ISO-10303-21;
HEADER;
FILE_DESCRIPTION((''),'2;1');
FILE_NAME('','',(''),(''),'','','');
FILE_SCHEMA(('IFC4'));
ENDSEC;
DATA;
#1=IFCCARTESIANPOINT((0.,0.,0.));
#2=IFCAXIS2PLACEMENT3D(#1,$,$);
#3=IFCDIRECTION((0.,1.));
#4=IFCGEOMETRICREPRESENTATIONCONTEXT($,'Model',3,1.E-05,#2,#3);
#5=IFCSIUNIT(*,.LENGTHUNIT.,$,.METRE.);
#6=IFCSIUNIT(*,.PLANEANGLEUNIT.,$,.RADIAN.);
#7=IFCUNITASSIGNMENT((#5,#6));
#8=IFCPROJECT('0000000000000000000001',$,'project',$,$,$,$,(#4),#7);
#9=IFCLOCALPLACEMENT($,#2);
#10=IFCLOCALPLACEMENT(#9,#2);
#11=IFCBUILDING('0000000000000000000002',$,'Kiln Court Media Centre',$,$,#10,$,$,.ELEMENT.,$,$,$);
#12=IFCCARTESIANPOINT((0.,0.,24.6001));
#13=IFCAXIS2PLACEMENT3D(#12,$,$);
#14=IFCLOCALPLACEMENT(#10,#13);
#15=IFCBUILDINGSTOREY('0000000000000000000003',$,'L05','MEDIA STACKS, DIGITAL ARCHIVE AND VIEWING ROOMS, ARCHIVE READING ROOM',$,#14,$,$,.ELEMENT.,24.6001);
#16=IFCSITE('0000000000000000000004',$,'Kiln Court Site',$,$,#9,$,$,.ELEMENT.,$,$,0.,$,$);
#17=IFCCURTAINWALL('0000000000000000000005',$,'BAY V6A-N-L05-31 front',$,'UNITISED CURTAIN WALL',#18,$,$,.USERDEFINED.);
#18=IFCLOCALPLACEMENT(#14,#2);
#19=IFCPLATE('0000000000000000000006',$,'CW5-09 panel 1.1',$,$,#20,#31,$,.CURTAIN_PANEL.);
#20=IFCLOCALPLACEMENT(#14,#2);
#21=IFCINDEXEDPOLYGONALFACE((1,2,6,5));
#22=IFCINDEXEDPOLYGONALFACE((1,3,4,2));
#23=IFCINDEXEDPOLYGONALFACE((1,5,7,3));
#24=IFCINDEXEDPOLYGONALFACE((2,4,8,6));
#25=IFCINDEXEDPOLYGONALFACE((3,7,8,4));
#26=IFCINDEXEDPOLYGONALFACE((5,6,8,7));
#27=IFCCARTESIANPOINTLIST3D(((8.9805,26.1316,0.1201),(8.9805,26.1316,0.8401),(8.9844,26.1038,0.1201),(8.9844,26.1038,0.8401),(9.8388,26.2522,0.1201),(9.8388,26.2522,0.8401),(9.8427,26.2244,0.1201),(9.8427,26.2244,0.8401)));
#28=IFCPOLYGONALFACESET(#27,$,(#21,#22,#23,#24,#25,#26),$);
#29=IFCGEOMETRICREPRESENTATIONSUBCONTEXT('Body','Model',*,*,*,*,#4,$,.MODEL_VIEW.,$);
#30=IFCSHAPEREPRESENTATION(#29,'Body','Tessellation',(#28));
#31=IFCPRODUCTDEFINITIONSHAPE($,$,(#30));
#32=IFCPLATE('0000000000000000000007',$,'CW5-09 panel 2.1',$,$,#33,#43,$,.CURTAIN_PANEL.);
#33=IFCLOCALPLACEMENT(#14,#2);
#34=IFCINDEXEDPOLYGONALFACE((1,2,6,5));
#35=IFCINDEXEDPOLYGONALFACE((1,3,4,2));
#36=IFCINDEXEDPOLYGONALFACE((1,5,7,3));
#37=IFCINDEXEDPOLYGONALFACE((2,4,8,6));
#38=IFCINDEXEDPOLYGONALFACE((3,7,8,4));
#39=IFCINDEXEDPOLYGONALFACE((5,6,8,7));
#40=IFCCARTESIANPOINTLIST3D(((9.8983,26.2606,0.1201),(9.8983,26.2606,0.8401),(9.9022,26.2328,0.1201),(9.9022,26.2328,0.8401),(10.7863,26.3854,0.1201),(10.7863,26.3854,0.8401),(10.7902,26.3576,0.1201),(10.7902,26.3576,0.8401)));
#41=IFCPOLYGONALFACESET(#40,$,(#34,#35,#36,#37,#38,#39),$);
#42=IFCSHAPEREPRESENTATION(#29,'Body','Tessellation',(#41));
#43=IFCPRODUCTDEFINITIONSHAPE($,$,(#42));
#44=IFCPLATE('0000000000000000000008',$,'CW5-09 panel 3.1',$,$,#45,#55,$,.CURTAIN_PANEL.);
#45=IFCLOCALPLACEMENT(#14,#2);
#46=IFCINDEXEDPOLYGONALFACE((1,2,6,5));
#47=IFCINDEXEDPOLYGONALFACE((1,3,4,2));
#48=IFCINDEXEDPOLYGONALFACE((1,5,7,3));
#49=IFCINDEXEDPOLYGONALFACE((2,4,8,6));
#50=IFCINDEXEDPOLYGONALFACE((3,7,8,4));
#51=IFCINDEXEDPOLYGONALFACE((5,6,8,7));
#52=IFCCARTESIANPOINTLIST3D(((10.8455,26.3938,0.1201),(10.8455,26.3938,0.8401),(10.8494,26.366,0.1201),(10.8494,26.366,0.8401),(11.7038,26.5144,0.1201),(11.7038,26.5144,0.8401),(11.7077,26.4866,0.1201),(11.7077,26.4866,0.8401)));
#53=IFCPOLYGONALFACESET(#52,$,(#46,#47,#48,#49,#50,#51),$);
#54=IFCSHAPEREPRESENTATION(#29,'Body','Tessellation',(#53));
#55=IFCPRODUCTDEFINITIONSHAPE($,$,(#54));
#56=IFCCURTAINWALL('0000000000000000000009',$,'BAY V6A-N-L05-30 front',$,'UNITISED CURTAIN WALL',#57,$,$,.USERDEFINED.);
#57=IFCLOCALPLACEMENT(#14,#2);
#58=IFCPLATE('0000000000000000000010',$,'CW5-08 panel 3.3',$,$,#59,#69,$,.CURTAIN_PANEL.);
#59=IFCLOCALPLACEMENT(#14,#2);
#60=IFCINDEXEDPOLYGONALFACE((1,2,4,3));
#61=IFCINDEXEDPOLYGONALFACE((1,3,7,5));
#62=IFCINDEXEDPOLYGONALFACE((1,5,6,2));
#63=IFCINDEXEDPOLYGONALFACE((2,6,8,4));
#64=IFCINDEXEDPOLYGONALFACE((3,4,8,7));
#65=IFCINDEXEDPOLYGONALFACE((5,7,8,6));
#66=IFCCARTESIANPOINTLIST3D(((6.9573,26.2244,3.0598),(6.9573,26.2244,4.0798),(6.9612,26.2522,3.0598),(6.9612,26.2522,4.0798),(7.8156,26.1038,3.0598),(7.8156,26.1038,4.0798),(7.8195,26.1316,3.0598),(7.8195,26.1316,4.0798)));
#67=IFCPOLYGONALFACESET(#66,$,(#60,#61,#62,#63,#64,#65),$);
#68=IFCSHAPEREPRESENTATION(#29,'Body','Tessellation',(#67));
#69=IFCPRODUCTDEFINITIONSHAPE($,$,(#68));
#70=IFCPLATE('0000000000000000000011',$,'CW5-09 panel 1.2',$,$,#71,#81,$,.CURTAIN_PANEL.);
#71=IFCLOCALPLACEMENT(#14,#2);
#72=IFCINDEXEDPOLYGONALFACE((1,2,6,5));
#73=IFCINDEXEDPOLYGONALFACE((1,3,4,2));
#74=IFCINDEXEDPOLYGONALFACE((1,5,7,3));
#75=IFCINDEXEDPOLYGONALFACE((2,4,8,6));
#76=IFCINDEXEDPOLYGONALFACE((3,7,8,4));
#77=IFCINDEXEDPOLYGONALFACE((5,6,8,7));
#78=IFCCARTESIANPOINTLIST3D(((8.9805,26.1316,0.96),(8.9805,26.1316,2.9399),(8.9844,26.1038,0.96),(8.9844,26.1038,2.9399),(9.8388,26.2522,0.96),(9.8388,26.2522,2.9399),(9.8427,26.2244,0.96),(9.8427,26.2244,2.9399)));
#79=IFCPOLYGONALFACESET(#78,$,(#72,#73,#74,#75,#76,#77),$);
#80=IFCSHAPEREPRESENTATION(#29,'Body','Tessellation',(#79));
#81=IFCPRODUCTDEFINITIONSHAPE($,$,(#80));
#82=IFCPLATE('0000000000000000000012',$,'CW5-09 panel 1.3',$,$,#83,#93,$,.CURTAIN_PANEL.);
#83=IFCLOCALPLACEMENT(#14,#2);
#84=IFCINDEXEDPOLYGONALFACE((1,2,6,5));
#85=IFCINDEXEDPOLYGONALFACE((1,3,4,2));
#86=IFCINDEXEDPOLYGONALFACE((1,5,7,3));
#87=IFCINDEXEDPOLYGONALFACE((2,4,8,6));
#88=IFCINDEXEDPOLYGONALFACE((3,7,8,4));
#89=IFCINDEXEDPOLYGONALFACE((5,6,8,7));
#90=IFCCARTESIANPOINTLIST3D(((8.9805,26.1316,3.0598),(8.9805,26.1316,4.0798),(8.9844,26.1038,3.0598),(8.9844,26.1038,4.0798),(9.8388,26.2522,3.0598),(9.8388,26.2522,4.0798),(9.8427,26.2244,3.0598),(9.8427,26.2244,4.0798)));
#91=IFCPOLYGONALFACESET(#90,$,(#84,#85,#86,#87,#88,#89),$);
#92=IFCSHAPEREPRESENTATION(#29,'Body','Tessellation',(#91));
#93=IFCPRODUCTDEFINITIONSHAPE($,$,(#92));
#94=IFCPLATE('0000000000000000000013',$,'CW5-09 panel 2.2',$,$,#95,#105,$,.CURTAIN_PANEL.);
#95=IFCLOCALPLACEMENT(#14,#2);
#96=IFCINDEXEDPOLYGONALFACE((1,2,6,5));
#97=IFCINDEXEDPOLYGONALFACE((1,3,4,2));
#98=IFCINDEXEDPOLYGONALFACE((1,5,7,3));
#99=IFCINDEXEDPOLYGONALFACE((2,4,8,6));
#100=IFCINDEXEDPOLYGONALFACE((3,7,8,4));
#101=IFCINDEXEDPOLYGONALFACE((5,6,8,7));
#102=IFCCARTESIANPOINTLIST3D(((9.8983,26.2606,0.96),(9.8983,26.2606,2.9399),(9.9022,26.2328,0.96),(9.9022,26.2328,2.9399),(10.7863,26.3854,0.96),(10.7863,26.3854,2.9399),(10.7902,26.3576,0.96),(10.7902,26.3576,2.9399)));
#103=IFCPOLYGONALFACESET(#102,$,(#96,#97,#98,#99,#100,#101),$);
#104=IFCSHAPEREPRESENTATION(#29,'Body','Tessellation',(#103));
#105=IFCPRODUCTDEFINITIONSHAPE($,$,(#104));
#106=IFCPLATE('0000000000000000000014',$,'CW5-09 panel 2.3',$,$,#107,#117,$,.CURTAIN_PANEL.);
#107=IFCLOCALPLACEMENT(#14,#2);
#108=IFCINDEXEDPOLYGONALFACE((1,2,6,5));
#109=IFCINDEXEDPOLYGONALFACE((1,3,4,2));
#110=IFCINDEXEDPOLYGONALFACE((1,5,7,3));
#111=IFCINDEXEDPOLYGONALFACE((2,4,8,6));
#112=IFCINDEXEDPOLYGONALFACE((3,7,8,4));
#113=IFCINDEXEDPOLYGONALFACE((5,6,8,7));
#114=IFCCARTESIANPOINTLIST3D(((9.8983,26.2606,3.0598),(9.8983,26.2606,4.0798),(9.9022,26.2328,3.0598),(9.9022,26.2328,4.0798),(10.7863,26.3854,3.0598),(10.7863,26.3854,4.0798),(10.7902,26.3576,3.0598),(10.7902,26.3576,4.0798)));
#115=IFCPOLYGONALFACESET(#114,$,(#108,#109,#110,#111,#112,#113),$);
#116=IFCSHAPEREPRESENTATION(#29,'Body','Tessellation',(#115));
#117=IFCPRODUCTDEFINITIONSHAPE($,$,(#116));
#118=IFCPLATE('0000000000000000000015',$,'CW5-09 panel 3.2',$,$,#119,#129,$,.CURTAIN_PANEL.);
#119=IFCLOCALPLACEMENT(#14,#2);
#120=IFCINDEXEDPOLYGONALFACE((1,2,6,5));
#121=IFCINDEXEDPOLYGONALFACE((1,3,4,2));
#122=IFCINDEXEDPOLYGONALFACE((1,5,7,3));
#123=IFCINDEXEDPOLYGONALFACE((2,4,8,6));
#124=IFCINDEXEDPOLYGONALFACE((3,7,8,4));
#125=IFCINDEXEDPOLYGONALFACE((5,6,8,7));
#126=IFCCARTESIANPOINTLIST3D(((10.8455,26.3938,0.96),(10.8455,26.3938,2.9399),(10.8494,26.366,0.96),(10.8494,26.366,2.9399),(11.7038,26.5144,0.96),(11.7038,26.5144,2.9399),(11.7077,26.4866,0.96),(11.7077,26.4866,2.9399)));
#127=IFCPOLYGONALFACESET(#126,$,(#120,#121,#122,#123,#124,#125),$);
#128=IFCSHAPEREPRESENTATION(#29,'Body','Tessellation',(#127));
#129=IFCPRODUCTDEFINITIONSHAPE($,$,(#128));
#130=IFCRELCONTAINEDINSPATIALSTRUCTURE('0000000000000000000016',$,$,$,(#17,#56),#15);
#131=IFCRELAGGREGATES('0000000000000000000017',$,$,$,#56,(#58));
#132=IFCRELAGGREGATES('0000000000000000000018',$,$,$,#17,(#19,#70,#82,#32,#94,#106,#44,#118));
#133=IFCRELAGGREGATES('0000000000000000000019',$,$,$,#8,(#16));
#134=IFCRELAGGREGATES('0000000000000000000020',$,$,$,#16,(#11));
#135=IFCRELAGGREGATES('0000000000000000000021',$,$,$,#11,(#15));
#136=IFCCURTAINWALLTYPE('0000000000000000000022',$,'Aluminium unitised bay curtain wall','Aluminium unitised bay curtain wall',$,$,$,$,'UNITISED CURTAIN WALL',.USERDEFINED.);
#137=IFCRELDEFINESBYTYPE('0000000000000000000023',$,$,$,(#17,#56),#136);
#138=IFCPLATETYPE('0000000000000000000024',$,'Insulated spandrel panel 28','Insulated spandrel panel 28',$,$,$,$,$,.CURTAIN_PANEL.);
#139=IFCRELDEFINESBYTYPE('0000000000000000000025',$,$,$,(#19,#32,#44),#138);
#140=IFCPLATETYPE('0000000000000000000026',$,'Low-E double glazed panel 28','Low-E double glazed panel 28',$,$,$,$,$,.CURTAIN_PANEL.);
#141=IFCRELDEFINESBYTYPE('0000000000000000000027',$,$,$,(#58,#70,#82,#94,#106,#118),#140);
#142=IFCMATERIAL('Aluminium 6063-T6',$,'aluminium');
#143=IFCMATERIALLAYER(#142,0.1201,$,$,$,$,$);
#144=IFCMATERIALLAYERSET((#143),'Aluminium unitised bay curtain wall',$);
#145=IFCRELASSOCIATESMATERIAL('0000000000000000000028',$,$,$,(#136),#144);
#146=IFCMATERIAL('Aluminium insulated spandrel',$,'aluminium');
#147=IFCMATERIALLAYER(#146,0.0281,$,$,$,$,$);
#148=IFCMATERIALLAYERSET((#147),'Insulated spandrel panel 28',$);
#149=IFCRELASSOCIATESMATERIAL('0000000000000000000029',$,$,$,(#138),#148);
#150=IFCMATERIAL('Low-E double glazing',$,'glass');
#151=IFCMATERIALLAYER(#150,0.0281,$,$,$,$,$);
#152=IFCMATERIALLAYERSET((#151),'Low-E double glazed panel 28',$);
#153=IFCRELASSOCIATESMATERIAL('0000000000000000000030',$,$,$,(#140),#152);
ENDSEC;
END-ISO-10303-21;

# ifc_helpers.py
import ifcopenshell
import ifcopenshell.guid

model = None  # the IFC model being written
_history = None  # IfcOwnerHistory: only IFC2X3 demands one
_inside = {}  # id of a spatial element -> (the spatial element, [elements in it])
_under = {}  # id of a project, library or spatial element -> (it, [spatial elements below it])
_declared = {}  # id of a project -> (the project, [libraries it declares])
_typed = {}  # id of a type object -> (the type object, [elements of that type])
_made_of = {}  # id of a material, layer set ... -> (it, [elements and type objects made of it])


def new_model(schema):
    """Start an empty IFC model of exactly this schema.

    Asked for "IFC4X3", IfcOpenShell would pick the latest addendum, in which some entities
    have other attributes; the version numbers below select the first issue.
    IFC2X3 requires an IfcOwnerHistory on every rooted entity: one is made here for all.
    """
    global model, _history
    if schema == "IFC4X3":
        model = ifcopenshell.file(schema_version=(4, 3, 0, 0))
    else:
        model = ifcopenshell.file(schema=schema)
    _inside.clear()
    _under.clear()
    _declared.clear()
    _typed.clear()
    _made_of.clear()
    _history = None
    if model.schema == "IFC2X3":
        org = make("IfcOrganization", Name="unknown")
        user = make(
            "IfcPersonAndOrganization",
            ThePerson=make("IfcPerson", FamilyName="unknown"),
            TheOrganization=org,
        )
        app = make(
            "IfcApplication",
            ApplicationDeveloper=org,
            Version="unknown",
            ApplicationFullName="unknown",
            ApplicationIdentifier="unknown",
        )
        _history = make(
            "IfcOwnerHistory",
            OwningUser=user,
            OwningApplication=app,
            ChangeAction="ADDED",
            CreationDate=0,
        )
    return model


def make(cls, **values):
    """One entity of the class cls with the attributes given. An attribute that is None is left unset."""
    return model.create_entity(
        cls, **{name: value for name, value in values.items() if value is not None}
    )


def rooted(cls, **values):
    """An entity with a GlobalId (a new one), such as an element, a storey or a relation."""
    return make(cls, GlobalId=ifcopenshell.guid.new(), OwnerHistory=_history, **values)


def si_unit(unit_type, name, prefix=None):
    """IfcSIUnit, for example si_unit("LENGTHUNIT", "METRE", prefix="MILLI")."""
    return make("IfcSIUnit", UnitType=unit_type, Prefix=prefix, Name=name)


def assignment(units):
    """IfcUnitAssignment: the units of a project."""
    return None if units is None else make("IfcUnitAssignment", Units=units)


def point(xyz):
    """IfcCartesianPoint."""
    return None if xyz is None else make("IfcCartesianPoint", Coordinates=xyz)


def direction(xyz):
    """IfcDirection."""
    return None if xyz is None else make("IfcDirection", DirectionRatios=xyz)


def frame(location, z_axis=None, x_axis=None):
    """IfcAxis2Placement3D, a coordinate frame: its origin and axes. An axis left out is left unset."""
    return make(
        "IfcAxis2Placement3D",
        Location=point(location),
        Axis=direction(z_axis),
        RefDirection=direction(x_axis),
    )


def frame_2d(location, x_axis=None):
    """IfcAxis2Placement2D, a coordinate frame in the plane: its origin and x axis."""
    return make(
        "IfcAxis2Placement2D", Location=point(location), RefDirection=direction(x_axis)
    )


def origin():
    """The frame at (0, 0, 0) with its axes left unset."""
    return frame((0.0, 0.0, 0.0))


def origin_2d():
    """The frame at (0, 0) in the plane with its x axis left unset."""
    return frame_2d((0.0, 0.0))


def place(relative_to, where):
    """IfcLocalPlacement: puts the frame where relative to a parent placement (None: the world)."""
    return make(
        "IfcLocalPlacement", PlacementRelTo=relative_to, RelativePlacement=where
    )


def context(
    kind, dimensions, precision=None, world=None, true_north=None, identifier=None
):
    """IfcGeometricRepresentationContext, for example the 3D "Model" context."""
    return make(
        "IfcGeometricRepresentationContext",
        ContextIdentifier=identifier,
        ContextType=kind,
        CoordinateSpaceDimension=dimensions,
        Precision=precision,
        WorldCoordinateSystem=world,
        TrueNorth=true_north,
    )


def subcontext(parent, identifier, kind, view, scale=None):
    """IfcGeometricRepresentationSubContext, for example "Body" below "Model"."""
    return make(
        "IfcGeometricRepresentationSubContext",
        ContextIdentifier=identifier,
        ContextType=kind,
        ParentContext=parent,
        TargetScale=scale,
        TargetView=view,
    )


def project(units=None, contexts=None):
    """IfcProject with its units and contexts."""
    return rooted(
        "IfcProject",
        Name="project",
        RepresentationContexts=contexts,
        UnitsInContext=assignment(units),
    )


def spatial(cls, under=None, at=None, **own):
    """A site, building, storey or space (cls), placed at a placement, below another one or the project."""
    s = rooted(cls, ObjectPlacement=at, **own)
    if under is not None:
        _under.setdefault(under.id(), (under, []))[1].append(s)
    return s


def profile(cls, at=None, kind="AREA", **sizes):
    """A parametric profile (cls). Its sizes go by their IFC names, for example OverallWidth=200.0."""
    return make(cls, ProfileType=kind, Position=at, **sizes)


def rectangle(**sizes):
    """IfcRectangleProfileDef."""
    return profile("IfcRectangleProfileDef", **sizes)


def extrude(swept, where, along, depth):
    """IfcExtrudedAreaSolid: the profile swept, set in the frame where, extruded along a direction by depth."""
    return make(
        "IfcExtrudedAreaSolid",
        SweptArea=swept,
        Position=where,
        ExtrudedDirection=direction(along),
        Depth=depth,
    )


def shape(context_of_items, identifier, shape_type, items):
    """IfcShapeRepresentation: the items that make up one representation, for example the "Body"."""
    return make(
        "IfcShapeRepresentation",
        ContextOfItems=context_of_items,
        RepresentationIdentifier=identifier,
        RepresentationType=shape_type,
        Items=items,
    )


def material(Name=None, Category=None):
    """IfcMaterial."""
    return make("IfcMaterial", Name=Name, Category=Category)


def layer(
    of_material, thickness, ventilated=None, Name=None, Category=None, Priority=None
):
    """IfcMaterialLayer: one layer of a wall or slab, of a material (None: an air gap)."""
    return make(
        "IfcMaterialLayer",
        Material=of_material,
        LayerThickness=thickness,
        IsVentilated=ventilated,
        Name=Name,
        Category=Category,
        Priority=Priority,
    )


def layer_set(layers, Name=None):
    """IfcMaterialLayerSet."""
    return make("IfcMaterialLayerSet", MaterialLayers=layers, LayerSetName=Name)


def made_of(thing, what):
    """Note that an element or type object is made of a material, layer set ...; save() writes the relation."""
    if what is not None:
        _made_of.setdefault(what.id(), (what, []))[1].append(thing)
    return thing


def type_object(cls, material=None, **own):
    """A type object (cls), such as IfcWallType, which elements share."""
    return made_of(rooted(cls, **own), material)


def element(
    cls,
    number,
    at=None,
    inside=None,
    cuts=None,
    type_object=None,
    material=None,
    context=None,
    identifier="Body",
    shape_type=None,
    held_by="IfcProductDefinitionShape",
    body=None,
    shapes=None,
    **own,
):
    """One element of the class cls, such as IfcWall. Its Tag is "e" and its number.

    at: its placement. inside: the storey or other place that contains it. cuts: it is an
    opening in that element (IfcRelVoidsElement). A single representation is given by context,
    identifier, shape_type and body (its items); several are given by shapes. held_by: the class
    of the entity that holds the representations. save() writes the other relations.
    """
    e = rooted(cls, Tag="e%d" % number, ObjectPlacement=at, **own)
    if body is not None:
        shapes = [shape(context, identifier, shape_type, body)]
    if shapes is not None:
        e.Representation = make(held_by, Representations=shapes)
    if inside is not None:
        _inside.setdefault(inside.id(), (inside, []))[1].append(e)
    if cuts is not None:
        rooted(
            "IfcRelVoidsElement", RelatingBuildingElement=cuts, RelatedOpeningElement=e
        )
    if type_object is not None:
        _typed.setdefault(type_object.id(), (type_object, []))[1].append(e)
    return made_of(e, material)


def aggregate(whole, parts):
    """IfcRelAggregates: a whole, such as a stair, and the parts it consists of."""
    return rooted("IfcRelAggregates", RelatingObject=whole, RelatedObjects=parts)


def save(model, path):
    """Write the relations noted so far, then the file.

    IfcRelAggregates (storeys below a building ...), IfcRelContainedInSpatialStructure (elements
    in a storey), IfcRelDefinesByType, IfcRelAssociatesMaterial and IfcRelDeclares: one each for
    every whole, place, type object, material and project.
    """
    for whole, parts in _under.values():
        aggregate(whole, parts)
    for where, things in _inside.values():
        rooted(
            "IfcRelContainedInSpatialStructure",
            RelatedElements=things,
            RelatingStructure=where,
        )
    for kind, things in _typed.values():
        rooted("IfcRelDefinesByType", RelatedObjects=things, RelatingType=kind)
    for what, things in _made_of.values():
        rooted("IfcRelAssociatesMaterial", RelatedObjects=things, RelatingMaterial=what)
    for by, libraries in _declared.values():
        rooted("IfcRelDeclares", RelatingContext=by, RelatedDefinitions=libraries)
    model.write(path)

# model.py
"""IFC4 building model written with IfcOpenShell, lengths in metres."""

from ifc_helpers import new_model, si_unit, direction, frame, origin, origin_2d, place, context, subcontext, project, spatial, rectangle, extrude, material, layer, layer_set, type_object, element, aggregate, save


model = new_model("IFC4")

# Units and contexts
model_context = context("Model", 3, precision=1e-05, world=origin(), true_north=direction((0.0, 1.0)))
body_context = subcontext(model_context, "Body", "Model", "MODEL_VIEW")
ifc_project = project(units=[si_unit("LENGTHUNIT", "METRE"), si_unit("PLANEANGLEUNIT", "RADIAN")], contexts=[model_context])

# Site, building, storey
site_placement = place(None, origin())
site = spatial("IfcSite", under=ifc_project, at=site_placement, Name="Kiln Court Site", CompositionType="ELEMENT", RefElevation=0.0)
building_placement = place(site_placement, origin())
building = spatial("IfcBuilding", under=site, at=building_placement, Name="Kiln Court Media Centre", CompositionType="ELEMENT")
storey_placement = place(building_placement, frame((0.0, 0.0, 24.6001)))
storey = spatial("IfcBuildingStorey", under=building, at=storey_placement, Name="L05", Description="MEDIA STACKS, DIGITAL ARCHIVE AND VIEWING ROOMS, ARCHIVE READING ROOM", CompositionType="ELEMENT", Elevation=24.6001)

# Curtain wall, plates
ifc_material_1 = material(Name="Aluminium 6063-T6", Category="aluminium")
ifc_layer_1 = layer(ifc_material_1, 0.1201)
ifc_layer_set_1 = layer_set([ifc_layer_1], Name="Aluminium unitised bay curtain wall")
curtain_wall_type = type_object("IfcCurtainWallType", Name="Aluminium unitised bay curtain wall", Description="Aluminium unitised bay curtain wall", ElementType="UNITISED CURTAIN WALL", PredefinedType="USERDEFINED", material=ifc_layer_set_1)
curtain_wall_1_placement = place(storey_placement, origin())
curtain_wall_1 = element("IfcCurtainWall", 1, at=curtain_wall_1_placement, inside=storey, type_object=curtain_wall_type, Name="BAY V6A-N-L05-31 front", ObjectType="UNITISED CURTAIN WALL", PredefinedType="USERDEFINED")
ifc_material_2 = material(Name="Aluminium insulated spandrel", Category="aluminium")
ifc_layer_2 = layer(ifc_material_2, 0.0281)
ifc_layer_set_2 = layer_set([ifc_layer_2], Name="Insulated spandrel panel 28")
plate_type_1 = type_object("IfcPlateType", Name="Insulated spandrel panel 28", Description="Insulated spandrel panel 28", PredefinedType="CURTAIN_PANEL", material=ifc_layer_set_2)
plate_1_placement = place(storey_placement, frame((9.4116, 26.178, 0.1201), z_axis=(0.0, 0.0, 1.0), x_axis=(0.99027, 0.139162, 0.0)))
plate_1 = element("IfcPlate", 2, at=plate_1_placement, type_object=plate_type_1, Name="CW5-09 panel 1.1", PredefinedType="CURTAIN_PANEL", context=body_context, shape_type="SweptSolid", body=[
    extrude(rectangle(XDim=0.8667, YDim=0.0281, at=origin_2d()), origin(), (0.0, 0.0, 1.0), 0.72),
])
plate_2_placement = place(storey_placement, frame((10.3442, 26.3091, 0.1201), z_axis=(0.0, 0.0, 1.0), x_axis=(0.99027, 0.139162, 0.0)))
plate_2 = element("IfcPlate", 3, at=plate_2_placement, type_object=plate_type_1, Name="CW5-09 panel 2.1", PredefinedType="CURTAIN_PANEL", context=body_context, shape_type="SweptSolid", body=[
    extrude(rectangle(XDim=0.8967, YDim=0.0281, at=origin_2d()), origin(), (0.0, 0.0, 1.0), 0.72),
])
plate_3_placement = place(storey_placement, frame((11.2766, 26.4402, 0.1201), z_axis=(0.0, 0.0, 1.0), x_axis=(0.99027, 0.139162, 0.0)))
plate_3 = element("IfcPlate", 4, at=plate_3_placement, type_object=plate_type_1, Name="CW5-09 panel 3.1", PredefinedType="CURTAIN_PANEL", context=body_context, shape_type="SweptSolid", body=[
    extrude(rectangle(XDim=0.8667, YDim=0.0281, at=origin_2d()), origin(), (0.0, 0.0, 1.0), 0.72),
])

# Curtain wall, plate
curtain_wall_2_placement = place(storey_placement, origin())
curtain_wall_2 = element("IfcCurtainWall", 5, at=curtain_wall_2_placement, inside=storey, type_object=curtain_wall_type, Name="BAY V6A-N-L05-30 front", ObjectType="UNITISED CURTAIN WALL", PredefinedType="USERDEFINED")
ifc_material_3 = material(Name="Low-E double glazing", Category="glass")
ifc_layer_3 = layer(ifc_material_3, 0.0281)
ifc_layer_set_3 = layer_set([ifc_layer_3], Name="Low-E double glazed panel 28")
plate_type_2 = type_object("IfcPlateType", Name="Low-E double glazed panel 28", Description="Low-E double glazed panel 28", PredefinedType="CURTAIN_PANEL", material=ifc_layer_set_3)
plate_4_placement = place(storey_placement, frame((7.3884, 26.178, 3.0598), z_axis=(0.0, 0.0, 1.0), x_axis=(0.99027, -0.139162, 0.0)))
plate_4 = element("IfcPlate", 6, at=plate_4_placement, type_object=plate_type_2, Name="CW5-08 panel 3.3", PredefinedType="CURTAIN_PANEL", context=body_context, shape_type="SweptSolid", body=[
    extrude(rectangle(XDim=0.8667, YDim=0.0281, at=origin_2d()), origin(), (0.0, 0.0, 1.0), 1.02),
])
aggregate(curtain_wall_2, [plate_4])

# Plates
plate_5_placement = place(storey_placement, frame((9.4116, 26.178, 0.96), z_axis=(0.0, 0.0, 1.0), x_axis=(0.99027, 0.139162, 0.0)))
plate_5 = element("IfcPlate", 7, at=plate_5_placement, type_object=plate_type_2, Name="CW5-09 panel 1.2", PredefinedType="CURTAIN_PANEL", context=body_context, shape_type="SweptSolid", body=[
    extrude(rectangle(XDim=0.8667, YDim=0.0281, at=origin_2d()), origin(), (0.0, 0.0, 1.0), 1.98),
])
plate_6_placement = place(storey_placement, frame((9.4116, 26.178, 3.0598), z_axis=(0.0, 0.0, 1.0), x_axis=(0.99027, 0.139162, 0.0)))
plate_6 = element("IfcPlate", 8, at=plate_6_placement, type_object=plate_type_2, Name="CW5-09 panel 1.3", PredefinedType="CURTAIN_PANEL", context=body_context, shape_type="SweptSolid", body=[
    extrude(rectangle(XDim=0.8667, YDim=0.0281, at=origin_2d()), origin(), (0.0, 0.0, 1.0), 1.02),
])
plate_7_placement = place(storey_placement, frame((10.3442, 26.3091, 0.96), z_axis=(0.0, 0.0, 1.0), x_axis=(0.99027, 0.139162, 0.0)))
plate_7 = element("IfcPlate", 9, at=plate_7_placement, type_object=plate_type_2, Name="CW5-09 panel 2.2", PredefinedType="CURTAIN_PANEL", context=body_context, shape_type="SweptSolid", body=[
    extrude(rectangle(XDim=0.8967, YDim=0.0281, at=origin_2d()), origin(), (0.0, 0.0, 1.0), 1.98),
])
plate_8_placement = place(storey_placement, frame((10.3442, 26.3091, 3.0598), z_axis=(0.0, 0.0, 1.0), x_axis=(0.99027, 0.139162, 0.0)))
plate_8 = element("IfcPlate", 10, at=plate_8_placement, type_object=plate_type_2, Name="CW5-09 panel 2.3", PredefinedType="CURTAIN_PANEL", context=body_context, shape_type="SweptSolid", body=[
    extrude(rectangle(XDim=0.8967, YDim=0.0281, at=origin_2d()), origin(), (0.0, 0.0, 1.0), 1.02),
])
plate_9_placement = place(storey_placement, frame((11.2766, 26.4402, 0.96), z_axis=(0.0, 0.0, 1.0), x_axis=(0.99027, 0.139162, 0.0)))
plate_9 = element("IfcPlate", 11, at=plate_9_placement, type_object=plate_type_2, Name="CW5-09 panel 3.2", PredefinedType="CURTAIN_PANEL", context=body_context, shape_type="SweptSolid", body=[
    extrude(rectangle(XDim=0.8667, YDim=0.0281, at=origin_2d()), origin(), (0.0, 0.0, 1.0), 1.98),
])
aggregate(curtain_wall_1, [plate_1, plate_5, plate_6, plate_2, plate_7, plate_8, plate_3, plate_9])

save(model, "model.ifc")
